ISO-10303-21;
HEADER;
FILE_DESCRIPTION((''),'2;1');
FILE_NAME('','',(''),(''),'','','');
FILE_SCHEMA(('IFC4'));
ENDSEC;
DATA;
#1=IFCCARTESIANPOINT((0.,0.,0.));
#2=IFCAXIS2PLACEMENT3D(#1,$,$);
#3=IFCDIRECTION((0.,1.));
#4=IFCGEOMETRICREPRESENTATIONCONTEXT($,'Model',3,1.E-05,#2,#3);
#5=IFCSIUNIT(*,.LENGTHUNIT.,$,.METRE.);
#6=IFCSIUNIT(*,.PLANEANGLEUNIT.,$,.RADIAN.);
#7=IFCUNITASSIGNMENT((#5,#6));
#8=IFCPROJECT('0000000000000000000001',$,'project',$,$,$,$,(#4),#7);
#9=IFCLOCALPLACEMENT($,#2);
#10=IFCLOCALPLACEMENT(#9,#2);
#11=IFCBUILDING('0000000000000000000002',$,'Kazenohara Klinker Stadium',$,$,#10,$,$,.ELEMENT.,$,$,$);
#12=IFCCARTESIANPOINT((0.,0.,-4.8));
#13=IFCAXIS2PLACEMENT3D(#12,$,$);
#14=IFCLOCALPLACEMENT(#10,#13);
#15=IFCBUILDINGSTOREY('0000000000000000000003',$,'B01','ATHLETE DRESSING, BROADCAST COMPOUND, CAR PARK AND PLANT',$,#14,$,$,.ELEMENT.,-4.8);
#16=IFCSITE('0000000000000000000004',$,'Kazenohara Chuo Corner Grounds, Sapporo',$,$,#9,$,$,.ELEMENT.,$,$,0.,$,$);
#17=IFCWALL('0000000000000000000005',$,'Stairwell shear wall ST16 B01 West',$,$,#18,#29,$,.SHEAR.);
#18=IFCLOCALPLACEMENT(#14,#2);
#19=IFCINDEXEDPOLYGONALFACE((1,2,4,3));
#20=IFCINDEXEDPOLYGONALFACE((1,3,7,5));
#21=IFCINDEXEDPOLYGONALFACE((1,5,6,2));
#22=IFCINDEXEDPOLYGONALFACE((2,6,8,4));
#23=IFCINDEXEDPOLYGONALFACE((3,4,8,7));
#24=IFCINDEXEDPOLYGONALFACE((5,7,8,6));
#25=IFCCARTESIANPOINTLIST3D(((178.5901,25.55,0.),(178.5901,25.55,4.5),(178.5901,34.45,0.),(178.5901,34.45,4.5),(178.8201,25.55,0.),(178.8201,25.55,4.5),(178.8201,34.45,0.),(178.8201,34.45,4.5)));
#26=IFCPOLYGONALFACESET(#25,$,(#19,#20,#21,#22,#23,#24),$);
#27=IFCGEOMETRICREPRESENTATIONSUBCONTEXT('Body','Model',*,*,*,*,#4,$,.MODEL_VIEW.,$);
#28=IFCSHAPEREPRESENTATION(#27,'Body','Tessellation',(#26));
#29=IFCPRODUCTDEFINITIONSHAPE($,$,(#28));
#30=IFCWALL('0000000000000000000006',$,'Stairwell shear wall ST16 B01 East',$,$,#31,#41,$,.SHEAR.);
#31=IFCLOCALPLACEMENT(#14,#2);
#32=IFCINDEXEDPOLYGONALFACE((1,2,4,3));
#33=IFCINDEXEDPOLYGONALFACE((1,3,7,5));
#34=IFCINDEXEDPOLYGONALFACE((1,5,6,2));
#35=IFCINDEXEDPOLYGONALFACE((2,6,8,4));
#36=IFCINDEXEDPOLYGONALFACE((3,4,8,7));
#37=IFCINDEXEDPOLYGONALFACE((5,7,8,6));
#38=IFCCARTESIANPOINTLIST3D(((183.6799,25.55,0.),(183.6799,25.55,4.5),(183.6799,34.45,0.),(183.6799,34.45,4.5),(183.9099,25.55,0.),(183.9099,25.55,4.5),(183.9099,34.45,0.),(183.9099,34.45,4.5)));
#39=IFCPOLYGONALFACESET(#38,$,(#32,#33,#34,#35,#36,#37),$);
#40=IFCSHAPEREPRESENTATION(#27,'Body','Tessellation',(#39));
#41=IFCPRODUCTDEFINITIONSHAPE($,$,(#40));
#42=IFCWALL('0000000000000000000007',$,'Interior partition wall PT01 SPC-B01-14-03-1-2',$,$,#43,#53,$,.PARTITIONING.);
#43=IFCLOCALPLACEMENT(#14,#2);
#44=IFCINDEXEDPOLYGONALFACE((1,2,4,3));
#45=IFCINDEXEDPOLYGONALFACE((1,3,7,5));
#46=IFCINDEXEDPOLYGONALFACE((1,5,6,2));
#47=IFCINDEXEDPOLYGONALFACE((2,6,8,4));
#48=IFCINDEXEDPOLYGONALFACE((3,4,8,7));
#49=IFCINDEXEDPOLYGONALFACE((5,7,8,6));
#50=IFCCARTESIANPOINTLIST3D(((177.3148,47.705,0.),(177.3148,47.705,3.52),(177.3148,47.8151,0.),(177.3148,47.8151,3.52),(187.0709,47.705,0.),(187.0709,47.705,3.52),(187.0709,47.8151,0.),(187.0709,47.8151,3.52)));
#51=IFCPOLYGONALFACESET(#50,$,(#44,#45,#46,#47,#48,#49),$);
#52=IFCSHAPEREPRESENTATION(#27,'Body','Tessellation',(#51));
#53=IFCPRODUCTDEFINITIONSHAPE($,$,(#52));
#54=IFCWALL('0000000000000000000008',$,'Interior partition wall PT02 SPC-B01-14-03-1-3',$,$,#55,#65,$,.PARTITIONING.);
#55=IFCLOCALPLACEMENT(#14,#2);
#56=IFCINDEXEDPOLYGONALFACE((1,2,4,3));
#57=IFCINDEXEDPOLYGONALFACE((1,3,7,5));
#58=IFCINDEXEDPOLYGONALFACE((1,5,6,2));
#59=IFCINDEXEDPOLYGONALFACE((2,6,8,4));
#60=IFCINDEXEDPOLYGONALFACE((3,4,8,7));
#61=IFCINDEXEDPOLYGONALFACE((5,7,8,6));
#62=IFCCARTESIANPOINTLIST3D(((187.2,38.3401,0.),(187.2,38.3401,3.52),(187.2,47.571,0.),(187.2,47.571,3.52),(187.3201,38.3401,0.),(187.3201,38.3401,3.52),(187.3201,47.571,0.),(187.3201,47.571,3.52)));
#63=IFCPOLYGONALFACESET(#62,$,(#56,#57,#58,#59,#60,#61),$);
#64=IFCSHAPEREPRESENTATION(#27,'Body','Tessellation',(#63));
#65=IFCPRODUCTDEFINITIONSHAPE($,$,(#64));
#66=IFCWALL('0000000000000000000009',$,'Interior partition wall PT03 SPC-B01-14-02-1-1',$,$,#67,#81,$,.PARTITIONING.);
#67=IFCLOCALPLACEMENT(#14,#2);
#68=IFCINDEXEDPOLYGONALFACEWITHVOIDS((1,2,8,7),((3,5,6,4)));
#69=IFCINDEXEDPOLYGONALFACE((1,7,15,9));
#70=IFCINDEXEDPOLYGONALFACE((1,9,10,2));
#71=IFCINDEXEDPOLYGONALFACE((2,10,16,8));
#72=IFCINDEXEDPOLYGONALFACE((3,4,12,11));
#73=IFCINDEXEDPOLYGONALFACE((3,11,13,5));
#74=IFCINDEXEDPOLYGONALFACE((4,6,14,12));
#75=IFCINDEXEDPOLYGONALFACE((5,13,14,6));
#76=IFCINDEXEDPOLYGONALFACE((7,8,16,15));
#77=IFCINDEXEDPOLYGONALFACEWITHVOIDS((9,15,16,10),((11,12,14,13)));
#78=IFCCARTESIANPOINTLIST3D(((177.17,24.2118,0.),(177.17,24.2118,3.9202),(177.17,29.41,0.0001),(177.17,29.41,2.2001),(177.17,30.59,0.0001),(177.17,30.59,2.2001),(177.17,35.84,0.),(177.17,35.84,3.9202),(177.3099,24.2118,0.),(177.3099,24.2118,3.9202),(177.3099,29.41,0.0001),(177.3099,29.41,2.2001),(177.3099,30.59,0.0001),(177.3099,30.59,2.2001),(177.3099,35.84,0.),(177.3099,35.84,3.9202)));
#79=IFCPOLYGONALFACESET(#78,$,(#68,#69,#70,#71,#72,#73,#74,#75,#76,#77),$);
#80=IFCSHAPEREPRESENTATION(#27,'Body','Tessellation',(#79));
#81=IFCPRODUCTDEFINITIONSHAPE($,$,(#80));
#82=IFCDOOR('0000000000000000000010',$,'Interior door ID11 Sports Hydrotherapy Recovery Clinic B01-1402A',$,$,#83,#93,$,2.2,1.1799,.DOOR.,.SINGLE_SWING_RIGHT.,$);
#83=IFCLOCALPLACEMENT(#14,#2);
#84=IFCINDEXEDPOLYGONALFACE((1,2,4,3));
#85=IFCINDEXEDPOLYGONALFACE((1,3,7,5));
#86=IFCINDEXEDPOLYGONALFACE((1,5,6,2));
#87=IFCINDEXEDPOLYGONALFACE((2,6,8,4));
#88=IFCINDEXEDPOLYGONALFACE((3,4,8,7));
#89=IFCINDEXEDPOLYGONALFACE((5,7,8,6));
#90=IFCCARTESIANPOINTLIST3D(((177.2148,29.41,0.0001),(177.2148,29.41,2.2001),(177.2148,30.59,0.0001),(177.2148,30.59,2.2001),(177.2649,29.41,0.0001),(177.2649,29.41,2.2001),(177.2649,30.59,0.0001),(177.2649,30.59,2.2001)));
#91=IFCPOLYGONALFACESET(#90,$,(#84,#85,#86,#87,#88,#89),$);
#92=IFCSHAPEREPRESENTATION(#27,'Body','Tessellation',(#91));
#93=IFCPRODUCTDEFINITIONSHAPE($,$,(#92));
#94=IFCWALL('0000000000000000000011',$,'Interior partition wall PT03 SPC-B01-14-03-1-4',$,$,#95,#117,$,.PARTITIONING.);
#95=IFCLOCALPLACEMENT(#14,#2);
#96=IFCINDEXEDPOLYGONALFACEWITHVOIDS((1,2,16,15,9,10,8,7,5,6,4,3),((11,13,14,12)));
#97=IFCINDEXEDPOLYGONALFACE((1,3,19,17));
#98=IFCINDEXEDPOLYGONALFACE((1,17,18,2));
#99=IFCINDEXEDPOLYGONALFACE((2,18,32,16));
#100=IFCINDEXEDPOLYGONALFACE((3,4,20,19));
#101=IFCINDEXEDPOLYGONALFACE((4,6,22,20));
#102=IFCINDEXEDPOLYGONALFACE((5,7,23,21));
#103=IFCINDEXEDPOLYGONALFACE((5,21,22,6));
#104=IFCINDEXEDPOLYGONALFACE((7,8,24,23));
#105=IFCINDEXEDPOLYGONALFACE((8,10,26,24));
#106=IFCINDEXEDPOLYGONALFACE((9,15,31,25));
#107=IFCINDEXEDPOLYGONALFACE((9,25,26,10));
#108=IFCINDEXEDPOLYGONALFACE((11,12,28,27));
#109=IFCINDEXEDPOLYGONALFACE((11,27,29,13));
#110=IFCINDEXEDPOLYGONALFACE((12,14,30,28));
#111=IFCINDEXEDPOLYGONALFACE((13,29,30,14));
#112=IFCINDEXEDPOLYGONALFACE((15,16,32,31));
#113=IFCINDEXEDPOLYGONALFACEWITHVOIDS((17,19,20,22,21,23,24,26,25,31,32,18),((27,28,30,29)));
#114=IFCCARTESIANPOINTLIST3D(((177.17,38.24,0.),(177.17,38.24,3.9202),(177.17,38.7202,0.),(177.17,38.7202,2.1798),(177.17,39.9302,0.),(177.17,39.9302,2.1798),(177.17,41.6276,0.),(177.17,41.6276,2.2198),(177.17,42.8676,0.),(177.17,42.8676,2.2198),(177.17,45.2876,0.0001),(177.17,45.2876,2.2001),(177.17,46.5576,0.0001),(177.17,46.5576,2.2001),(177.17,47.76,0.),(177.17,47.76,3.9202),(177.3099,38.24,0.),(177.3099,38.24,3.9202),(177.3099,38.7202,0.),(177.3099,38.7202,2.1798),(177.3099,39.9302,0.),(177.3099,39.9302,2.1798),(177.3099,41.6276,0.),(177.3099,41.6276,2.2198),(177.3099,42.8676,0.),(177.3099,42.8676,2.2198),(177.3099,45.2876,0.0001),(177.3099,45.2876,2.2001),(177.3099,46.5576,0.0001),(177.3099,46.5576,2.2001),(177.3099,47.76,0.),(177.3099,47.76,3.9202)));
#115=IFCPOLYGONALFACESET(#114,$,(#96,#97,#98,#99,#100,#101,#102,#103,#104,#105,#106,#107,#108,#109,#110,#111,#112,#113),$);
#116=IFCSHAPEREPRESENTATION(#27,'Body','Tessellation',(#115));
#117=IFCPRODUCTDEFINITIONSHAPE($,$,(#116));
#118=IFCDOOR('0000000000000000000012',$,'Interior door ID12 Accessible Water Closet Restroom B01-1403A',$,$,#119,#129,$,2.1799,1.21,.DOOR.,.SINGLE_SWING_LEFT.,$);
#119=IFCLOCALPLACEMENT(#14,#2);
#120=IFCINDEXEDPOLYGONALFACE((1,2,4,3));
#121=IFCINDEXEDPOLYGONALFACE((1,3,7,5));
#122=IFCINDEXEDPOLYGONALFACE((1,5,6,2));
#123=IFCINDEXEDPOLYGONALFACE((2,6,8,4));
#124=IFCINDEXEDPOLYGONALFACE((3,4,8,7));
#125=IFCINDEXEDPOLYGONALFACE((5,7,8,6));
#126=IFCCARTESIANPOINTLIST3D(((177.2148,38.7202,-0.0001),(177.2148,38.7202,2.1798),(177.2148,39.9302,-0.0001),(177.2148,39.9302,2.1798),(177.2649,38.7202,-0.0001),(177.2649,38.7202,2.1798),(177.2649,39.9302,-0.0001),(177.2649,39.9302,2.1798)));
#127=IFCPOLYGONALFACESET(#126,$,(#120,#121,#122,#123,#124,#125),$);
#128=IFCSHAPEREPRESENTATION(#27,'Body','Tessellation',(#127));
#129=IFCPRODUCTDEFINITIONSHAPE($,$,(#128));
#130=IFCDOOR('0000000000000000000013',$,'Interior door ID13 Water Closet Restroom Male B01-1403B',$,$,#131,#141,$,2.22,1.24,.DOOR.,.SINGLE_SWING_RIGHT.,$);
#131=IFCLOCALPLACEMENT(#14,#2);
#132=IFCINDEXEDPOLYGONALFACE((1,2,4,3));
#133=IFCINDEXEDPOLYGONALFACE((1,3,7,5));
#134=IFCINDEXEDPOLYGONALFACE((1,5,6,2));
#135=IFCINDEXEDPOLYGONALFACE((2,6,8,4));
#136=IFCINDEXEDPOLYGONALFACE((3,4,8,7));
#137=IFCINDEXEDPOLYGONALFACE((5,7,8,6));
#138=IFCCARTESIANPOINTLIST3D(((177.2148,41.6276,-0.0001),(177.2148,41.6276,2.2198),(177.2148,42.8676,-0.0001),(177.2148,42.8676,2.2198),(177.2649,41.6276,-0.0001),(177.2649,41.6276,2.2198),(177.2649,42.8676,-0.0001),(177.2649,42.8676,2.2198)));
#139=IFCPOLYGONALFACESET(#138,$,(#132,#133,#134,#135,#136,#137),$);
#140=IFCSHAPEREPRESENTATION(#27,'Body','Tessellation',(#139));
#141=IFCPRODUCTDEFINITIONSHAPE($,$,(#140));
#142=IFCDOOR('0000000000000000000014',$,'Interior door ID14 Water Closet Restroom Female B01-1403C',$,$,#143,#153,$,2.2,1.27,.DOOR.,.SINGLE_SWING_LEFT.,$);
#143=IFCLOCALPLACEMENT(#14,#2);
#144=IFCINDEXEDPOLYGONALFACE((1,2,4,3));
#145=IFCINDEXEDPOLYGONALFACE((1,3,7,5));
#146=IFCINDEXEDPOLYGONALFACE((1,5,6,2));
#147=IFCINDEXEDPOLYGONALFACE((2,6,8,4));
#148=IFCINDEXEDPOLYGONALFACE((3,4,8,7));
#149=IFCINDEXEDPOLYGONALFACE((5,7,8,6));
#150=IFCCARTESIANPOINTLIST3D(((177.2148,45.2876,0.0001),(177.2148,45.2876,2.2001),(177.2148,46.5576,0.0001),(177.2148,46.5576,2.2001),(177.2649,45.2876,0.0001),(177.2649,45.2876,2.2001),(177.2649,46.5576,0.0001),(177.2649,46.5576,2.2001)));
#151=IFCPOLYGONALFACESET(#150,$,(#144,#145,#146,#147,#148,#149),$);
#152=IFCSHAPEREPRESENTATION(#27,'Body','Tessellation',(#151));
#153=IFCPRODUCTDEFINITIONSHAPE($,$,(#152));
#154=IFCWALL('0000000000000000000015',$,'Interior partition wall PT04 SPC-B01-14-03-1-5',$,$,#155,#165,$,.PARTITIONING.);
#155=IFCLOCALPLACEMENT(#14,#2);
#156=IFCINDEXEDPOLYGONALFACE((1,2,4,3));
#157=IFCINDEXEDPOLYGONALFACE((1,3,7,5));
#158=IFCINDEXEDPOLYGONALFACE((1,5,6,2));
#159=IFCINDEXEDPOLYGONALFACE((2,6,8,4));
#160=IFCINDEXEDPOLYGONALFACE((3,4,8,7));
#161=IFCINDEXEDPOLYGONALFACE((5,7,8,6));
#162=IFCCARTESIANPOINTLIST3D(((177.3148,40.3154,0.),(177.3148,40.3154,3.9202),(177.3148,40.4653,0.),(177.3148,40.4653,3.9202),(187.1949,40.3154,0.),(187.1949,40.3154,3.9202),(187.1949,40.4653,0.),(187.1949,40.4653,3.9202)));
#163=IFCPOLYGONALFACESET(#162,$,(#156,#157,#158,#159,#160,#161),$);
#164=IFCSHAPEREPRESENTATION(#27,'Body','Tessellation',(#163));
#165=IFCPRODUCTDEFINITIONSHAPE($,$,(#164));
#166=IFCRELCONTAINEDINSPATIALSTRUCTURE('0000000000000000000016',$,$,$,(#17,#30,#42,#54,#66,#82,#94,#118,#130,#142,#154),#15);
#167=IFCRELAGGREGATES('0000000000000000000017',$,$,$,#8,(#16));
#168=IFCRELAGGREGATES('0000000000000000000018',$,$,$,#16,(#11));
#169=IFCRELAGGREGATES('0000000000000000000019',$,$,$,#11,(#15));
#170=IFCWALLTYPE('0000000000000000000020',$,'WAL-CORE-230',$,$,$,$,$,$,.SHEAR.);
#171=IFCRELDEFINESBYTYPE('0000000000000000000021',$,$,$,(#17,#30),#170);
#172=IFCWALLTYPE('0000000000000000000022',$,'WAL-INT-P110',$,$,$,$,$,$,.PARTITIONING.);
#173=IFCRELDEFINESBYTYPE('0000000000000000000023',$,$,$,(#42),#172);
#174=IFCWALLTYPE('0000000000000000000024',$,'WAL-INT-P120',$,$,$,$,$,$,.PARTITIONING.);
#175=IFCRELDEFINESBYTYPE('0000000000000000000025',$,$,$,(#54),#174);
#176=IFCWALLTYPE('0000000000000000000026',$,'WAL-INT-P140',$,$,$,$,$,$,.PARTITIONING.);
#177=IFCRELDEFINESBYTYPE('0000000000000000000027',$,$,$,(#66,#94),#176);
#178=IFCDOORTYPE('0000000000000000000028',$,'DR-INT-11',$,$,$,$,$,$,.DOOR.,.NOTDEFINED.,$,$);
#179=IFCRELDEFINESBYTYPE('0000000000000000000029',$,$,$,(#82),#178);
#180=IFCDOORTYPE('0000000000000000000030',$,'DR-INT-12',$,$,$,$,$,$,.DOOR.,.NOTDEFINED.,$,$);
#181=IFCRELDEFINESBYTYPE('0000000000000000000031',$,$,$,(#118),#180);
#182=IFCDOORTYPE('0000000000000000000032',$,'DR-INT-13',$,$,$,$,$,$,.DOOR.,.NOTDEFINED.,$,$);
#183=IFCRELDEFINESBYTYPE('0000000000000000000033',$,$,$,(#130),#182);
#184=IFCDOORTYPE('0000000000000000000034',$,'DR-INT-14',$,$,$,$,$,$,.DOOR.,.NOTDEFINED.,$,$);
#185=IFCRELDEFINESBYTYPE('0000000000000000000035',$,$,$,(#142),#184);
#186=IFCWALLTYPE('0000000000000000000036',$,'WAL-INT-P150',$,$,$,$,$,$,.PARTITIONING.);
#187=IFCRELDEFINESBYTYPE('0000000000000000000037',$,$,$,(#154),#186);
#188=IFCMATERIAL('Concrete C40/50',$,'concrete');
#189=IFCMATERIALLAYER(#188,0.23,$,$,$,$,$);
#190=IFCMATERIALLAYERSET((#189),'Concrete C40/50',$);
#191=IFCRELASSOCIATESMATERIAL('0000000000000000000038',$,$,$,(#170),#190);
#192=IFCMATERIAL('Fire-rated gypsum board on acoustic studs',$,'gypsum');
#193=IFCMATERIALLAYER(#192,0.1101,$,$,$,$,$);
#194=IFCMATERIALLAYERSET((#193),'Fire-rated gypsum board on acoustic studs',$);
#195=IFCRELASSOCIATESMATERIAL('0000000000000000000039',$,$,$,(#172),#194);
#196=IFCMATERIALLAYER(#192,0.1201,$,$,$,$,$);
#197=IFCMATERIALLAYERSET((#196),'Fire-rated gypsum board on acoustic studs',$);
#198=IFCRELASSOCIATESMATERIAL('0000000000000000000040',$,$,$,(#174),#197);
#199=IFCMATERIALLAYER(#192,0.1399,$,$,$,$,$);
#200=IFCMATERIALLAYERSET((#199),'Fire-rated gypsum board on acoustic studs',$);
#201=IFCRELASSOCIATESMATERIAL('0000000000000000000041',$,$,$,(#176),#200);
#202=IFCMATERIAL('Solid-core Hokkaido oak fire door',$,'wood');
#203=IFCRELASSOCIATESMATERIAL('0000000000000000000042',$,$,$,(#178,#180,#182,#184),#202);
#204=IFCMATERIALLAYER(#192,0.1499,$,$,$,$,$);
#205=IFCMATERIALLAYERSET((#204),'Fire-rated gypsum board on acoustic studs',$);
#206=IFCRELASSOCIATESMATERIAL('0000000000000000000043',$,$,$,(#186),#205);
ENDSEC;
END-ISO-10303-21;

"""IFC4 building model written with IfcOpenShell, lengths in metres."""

from ifc_helpers import new_model, si_unit, direction, frame, frame_2d, origin, place, context, subcontext, project, spatial, rectangle, extrude, material, layer, layer_set, type_object, element, fill, save


model = new_model("IFC4")

# Units and contexts
model_context = context("Model", 3, precision=1e-05, world=origin(), true_north=direction((0.0, 1.0)))
body_context = subcontext(model_context, "Body", "Model", "MODEL_VIEW")
ifc_project = project(units=[si_unit("LENGTHUNIT", "METRE"), si_unit("PLANEANGLEUNIT", "RADIAN")], contexts=[model_context])

# Site, building, storey
site_placement = place(None, origin())
site = spatial("IfcSite", under=ifc_project, at=site_placement, Name="Kazenohara Chuo Corner Grounds, Sapporo", CompositionType="ELEMENT", RefElevation=0.0)
building_placement = place(site_placement, origin())
building = spatial("IfcBuilding", under=site, at=building_placement, Name="Kazenohara Klinker Stadium", CompositionType="ELEMENT")
storey_placement = place(building_placement, frame((0.0, 0.0, -4.8)))
storey = spatial("IfcBuildingStorey", under=building, at=storey_placement, Name="B01", Description="ATHLETE DRESSING, BROADCAST COMPOUND, CAR PARK AND PLANT", CompositionType="ELEMENT", Elevation=-4.8)

# Shared definitions
ifc_material_1 = material(Name="Concrete C40/50", Category="concrete")

# Walls
ifc_layer_1 = layer(ifc_material_1, 0.23)
ifc_layer_set_1 = layer_set([ifc_layer_1], Name="Concrete C40/50")
wall_type_1 = type_object("IfcWallType", Name="WAL-CORE-230", PredefinedType="SHEAR", material=ifc_layer_set_1)
for number, where, z_axis, x_axis, name in (
    (1, (178.7051, 25.55, 0.0), (0.0, 0.0, 1.0), (0.0, 1.0, 0.0), "Stairwell shear wall ST16 B01 West"),
    (2, (183.7949, 25.55, 0.0), (0.0, 0.0, 1.0), (0.0, 1.0, 0.0), "Stairwell shear wall ST16 B01 East"),
):
    element("IfcWall", number, at=place(storey_placement, frame(where, z_axis=z_axis, x_axis=x_axis)), inside=storey, type_object=wall_type_1, Name=name, PredefinedType="SHEAR", context=body_context, shape_type="SweptSolid", body=[
        extrude(rectangle(XDim=8.8999, YDim=0.23, at=frame_2d((4.45, 0.0))), origin(), (0.0, 0.0, 1.0), 4.5),
    ])
ifc_material_2 = material(Name="Fire-rated gypsum board on acoustic studs", Category="gypsum")
ifc_layer_2 = layer(ifc_material_2, 0.1101)
ifc_layer_set_2 = layer_set([ifc_layer_2], Name="Fire-rated gypsum board on acoustic studs")
wall_type_2 = type_object("IfcWallType", Name="WAL-INT-P110", PredefinedType="PARTITIONING", material=ifc_layer_set_2)
wall_1_placement = place(storey_placement, frame((177.3149, 47.76, 0.0), z_axis=(0.0, 0.0, 1.0), x_axis=(1.0, 0.0, 0.0)))
element("IfcWall", 3, at=wall_1_placement, inside=storey, type_object=wall_type_2, Name="Interior partition wall PT01 SPC-B01-14-03-1-2", PredefinedType="PARTITIONING", context=body_context, shape_type="SweptSolid", body=[
    extrude(rectangle(XDim=9.7561, YDim=0.1101, at=frame_2d((4.8779, 0.0))), origin(), (0.0, 0.0, 1.0), 3.52),
])
ifc_layer_3 = layer(ifc_material_2, 0.1201)
ifc_layer_set_3 = layer_set([ifc_layer_3], Name="Fire-rated gypsum board on acoustic studs")
wall_type_3 = type_object("IfcWallType", Name="WAL-INT-P120", PredefinedType="PARTITIONING", material=ifc_layer_set_3)
wall_2_placement = place(storey_placement, frame((187.26, 38.3401, 0.0), z_axis=(0.0, 0.0, 1.0), x_axis=(0.0, 1.0, 0.0)))
element("IfcWall", 4, at=wall_2_placement, inside=storey, type_object=wall_type_3, Name="Interior partition wall PT02 SPC-B01-14-03-1-3", PredefinedType="PARTITIONING", context=body_context, shape_type="SweptSolid", body=[
    extrude(rectangle(XDim=9.231, YDim=0.1201, at=frame_2d((4.6155, 0.0))), origin(), (0.0, 0.0, 1.0), 3.52),
])

# Wall, opening, door
ifc_layer_4 = layer(ifc_material_2, 0.1399)
ifc_layer_set_4 = layer_set([ifc_layer_4], Name="Fire-rated gypsum board on acoustic studs")
wall_type_4 = type_object("IfcWallType", Name="WAL-INT-P140", PredefinedType="PARTITIONING", material=ifc_layer_set_4)
wall_3_placement = place(storey_placement, frame((177.24, 24.2119, 0.0), z_axis=(0.0, 0.0, 1.0), x_axis=(0.0, 1.0, 0.0)))
wall_3 = element("IfcWall", 5, at=wall_3_placement, inside=storey, type_object=wall_type_4, Name="Interior partition wall PT03 SPC-B01-14-02-1-1", PredefinedType="PARTITIONING", context=body_context, shape_type="SweptSolid", body=[
    extrude(rectangle(XDim=11.6282, YDim=0.1399, at=frame_2d((5.814, 0.0))), origin(), (0.0, 0.0, 1.0), 3.9202),
])
opening_1_placement = place(wall_3_placement, frame((6.3779, 0.0, 0.0), z_axis=(0.0, 0.0, 1.0), x_axis=(-1.0, 0.0, 0.0)))
opening_1 = element("IfcOpeningElement", 6, at=opening_1_placement, cuts=wall_3, PredefinedType="OPENING", context=body_context, shape_type="SweptSolid", body=[
    extrude(rectangle(XDim=1.1799, YDim=2.2, at=frame_2d((0.5898, 1.1001))), frame((0.0, 0.0801, 0.0), z_axis=(0.0, -1.0, 0.0), x_axis=(1.0, 0.0, 0.0)), (0.0, 0.0, 1.0), 0.1599),
])
ifc_material_3 = material(Name="Solid-core Hokkaido oak fire door", Category="wood")
door_type_1 = type_object("IfcDoorType", Name="DR-INT-11", OperationType="NOTDEFINED", PredefinedType="DOOR", material=ifc_material_3)
door_1_placement = place(opening_1_placement, origin())
door_1 = element("IfcDoor", 7, at=door_1_placement, inside=storey, type_object=door_type_1, Name="Interior door ID11 Sports Hydrotherapy Recovery Clinic B01-1402A", OperationType="SINGLE_SWING_RIGHT", OverallHeight=2.2, OverallWidth=1.1799, PredefinedType="DOOR", context=body_context, shape_type="SweptSolid", body=[
    extrude(rectangle(XDim=1.1799, YDim=2.2, at=frame_2d((0.5898, 1.1001))), frame((0.0, 0.0249, 0.0), z_axis=(0.0, -1.0, 0.0), x_axis=(1.0, 0.0, 0.0)), (0.0, 0.0, 1.0), 0.05),
])
fill(opening_1, door_1)

# Wall, openings, doors
wall_4_placement = place(storey_placement, frame((177.24, 38.24, 0.0), z_axis=(0.0, 0.0, 1.0), x_axis=(0.0, 1.0, 0.0)))
wall_4 = element("IfcWall", 8, at=wall_4_placement, inside=storey, type_object=wall_type_4, Name="Interior partition wall PT03 SPC-B01-14-03-1-4", PredefinedType="PARTITIONING", context=body_context, shape_type="SweptSolid", body=[
    extrude(rectangle(XDim=9.52, YDim=0.1399, at=frame_2d((4.76, 0.0))), origin(), (0.0, 0.0, 1.0), 3.9202),
])
opening_2_placement = place(wall_4_placement, frame((1.6902, 0.0, 0.0), z_axis=(0.0, 0.0, 1.0), x_axis=(-1.0, 0.0, 0.0)))
opening_2 = element("IfcOpeningElement", 9, at=opening_2_placement, cuts=wall_4, PredefinedType="OPENING", context=body_context, shape_type="SweptSolid", body=[
    extrude(rectangle(XDim=1.21, YDim=2.1799, at=frame_2d((0.605, 1.0898))), frame((0.0, 0.0801, 0.0), z_axis=(0.0, -1.0, 0.0), x_axis=(1.0, 0.0, 0.0)), (0.0, 0.0, 1.0), 0.1599),
])
opening_3_placement = place(wall_4_placement, frame((4.6277, 0.0, 0.0), z_axis=(0.0, 0.0, 1.0), x_axis=(-1.0, 0.0, 0.0)))
opening_3 = element("IfcOpeningElement", 10, at=opening_3_placement, cuts=wall_4, PredefinedType="OPENING", context=body_context, shape_type="SweptSolid", body=[
    extrude(rectangle(XDim=1.24, YDim=2.22, at=frame_2d((0.6201, 1.1099))), frame((0.0, 0.0801, 0.0), z_axis=(0.0, -1.0, 0.0), x_axis=(1.0, 0.0, 0.0)), (0.0, 0.0, 1.0), 0.1599),
])
opening_4_placement = place(wall_4_placement, frame((8.3176, 0.0, 0.0), z_axis=(0.0, 0.0, 1.0), x_axis=(-1.0, 0.0, 0.0)))
opening_4 = element("IfcOpeningElement", 11, at=opening_4_placement, cuts=wall_4, PredefinedType="OPENING", context=body_context, shape_type="SweptSolid", body=[
    extrude(rectangle(XDim=1.27, YDim=2.2, at=frame_2d((0.635, 1.1001))), frame((0.0, 0.0801, 0.0), z_axis=(0.0, -1.0, 0.0), x_axis=(1.0, 0.0, 0.0)), (0.0, 0.0, 1.0), 0.1599),
])
door_type_2 = type_object("IfcDoorType", Name="DR-INT-12", OperationType="NOTDEFINED", PredefinedType="DOOR", material=ifc_material_3)
door_2_placement = place(opening_2_placement, origin())
door_2 = element("IfcDoor", 12, at=door_2_placement, inside=storey, type_object=door_type_2, Name="Interior door ID12 Accessible Water Closet Restroom B01-1403A", OperationType="SINGLE_SWING_LEFT", OverallHeight=2.1799, OverallWidth=1.21, PredefinedType="DOOR", context=body_context, shape_type="SweptSolid", body=[
    extrude(rectangle(XDim=1.21, YDim=2.1799, at=frame_2d((0.605, 1.0898))), frame((0.0, 0.0249, 0.0), z_axis=(0.0, -1.0, 0.0), x_axis=(1.0, 0.0, 0.0)), (0.0, 0.0, 1.0), 0.05),
])
fill(opening_2, door_2)
door_type_3 = type_object("IfcDoorType", Name="DR-INT-13", OperationType="NOTDEFINED", PredefinedType="DOOR", material=ifc_material_3)
door_3_placement = place(opening_3_placement, origin())
door_3 = element("IfcDoor", 13, at=door_3_placement, inside=storey, type_object=door_type_3, Name="Interior door ID13 Water Closet Restroom Male B01-1403B", OperationType="SINGLE_SWING_RIGHT", OverallHeight=2.22, OverallWidth=1.24, PredefinedType="DOOR", context=body_context, shape_type="SweptSolid", body=[
    extrude(rectangle(XDim=1.24, YDim=2.22, at=frame_2d((0.6201, 1.1099))), frame((0.0, 0.0249, 0.0), z_axis=(0.0, -1.0, 0.0), x_axis=(1.0, 0.0, 0.0)), (0.0, 0.0, 1.0), 0.05),
])
fill(opening_3, door_3)
door_type_4 = type_object("IfcDoorType", Name="DR-INT-14", OperationType="NOTDEFINED", PredefinedType="DOOR", material=ifc_material_3)
door_4_placement = place(opening_4_placement, origin())
door_4 = element("IfcDoor", 14, at=door_4_placement, inside=storey, type_object=door_type_4, Name="Interior door ID14 Water Closet Restroom Female B01-1403C", OperationType="SINGLE_SWING_LEFT", OverallHeight=2.2, OverallWidth=1.27, PredefinedType="DOOR", context=body_context, shape_type="SweptSolid", body=[
    extrude(rectangle(XDim=1.27, YDim=2.2, at=frame_2d((0.635, 1.1001))), frame((0.0, 0.0249, 0.0), z_axis=(0.0, -1.0, 0.0), x_axis=(1.0, 0.0, 0.0)), (0.0, 0.0, 1.0), 0.05),
])
fill(opening_4, door_4)

# Wall
ifc_layer_5 = layer(ifc_material_2, 0.1499)
ifc_layer_set_5 = layer_set([ifc_layer_5], Name="Fire-rated gypsum board on acoustic studs")
wall_type_5 = type_object("IfcWallType", Name="WAL-INT-P150", PredefinedType="PARTITIONING", material=ifc_layer_set_5)
wall_5_placement = place(storey_placement, frame((177.3149, 40.3904, 0.0), z_axis=(0.0, 0.0, 1.0), x_axis=(1.0, 0.0, 0.0)))
element("IfcWall", 15, at=wall_5_placement, inside=storey, type_object=wall_type_5, Name="Interior partition wall PT04 SPC-B01-14-03-1-5", PredefinedType="PARTITIONING", context=body_context, shape_type="SweptSolid", body=[
    extrude(rectangle(XDim=9.8801, YDim=0.1499, at=frame_2d((4.9399, 0.0))), origin(), (0.0, 0.0, 1.0), 3.9202),
])

save(model, "model.ifc")
